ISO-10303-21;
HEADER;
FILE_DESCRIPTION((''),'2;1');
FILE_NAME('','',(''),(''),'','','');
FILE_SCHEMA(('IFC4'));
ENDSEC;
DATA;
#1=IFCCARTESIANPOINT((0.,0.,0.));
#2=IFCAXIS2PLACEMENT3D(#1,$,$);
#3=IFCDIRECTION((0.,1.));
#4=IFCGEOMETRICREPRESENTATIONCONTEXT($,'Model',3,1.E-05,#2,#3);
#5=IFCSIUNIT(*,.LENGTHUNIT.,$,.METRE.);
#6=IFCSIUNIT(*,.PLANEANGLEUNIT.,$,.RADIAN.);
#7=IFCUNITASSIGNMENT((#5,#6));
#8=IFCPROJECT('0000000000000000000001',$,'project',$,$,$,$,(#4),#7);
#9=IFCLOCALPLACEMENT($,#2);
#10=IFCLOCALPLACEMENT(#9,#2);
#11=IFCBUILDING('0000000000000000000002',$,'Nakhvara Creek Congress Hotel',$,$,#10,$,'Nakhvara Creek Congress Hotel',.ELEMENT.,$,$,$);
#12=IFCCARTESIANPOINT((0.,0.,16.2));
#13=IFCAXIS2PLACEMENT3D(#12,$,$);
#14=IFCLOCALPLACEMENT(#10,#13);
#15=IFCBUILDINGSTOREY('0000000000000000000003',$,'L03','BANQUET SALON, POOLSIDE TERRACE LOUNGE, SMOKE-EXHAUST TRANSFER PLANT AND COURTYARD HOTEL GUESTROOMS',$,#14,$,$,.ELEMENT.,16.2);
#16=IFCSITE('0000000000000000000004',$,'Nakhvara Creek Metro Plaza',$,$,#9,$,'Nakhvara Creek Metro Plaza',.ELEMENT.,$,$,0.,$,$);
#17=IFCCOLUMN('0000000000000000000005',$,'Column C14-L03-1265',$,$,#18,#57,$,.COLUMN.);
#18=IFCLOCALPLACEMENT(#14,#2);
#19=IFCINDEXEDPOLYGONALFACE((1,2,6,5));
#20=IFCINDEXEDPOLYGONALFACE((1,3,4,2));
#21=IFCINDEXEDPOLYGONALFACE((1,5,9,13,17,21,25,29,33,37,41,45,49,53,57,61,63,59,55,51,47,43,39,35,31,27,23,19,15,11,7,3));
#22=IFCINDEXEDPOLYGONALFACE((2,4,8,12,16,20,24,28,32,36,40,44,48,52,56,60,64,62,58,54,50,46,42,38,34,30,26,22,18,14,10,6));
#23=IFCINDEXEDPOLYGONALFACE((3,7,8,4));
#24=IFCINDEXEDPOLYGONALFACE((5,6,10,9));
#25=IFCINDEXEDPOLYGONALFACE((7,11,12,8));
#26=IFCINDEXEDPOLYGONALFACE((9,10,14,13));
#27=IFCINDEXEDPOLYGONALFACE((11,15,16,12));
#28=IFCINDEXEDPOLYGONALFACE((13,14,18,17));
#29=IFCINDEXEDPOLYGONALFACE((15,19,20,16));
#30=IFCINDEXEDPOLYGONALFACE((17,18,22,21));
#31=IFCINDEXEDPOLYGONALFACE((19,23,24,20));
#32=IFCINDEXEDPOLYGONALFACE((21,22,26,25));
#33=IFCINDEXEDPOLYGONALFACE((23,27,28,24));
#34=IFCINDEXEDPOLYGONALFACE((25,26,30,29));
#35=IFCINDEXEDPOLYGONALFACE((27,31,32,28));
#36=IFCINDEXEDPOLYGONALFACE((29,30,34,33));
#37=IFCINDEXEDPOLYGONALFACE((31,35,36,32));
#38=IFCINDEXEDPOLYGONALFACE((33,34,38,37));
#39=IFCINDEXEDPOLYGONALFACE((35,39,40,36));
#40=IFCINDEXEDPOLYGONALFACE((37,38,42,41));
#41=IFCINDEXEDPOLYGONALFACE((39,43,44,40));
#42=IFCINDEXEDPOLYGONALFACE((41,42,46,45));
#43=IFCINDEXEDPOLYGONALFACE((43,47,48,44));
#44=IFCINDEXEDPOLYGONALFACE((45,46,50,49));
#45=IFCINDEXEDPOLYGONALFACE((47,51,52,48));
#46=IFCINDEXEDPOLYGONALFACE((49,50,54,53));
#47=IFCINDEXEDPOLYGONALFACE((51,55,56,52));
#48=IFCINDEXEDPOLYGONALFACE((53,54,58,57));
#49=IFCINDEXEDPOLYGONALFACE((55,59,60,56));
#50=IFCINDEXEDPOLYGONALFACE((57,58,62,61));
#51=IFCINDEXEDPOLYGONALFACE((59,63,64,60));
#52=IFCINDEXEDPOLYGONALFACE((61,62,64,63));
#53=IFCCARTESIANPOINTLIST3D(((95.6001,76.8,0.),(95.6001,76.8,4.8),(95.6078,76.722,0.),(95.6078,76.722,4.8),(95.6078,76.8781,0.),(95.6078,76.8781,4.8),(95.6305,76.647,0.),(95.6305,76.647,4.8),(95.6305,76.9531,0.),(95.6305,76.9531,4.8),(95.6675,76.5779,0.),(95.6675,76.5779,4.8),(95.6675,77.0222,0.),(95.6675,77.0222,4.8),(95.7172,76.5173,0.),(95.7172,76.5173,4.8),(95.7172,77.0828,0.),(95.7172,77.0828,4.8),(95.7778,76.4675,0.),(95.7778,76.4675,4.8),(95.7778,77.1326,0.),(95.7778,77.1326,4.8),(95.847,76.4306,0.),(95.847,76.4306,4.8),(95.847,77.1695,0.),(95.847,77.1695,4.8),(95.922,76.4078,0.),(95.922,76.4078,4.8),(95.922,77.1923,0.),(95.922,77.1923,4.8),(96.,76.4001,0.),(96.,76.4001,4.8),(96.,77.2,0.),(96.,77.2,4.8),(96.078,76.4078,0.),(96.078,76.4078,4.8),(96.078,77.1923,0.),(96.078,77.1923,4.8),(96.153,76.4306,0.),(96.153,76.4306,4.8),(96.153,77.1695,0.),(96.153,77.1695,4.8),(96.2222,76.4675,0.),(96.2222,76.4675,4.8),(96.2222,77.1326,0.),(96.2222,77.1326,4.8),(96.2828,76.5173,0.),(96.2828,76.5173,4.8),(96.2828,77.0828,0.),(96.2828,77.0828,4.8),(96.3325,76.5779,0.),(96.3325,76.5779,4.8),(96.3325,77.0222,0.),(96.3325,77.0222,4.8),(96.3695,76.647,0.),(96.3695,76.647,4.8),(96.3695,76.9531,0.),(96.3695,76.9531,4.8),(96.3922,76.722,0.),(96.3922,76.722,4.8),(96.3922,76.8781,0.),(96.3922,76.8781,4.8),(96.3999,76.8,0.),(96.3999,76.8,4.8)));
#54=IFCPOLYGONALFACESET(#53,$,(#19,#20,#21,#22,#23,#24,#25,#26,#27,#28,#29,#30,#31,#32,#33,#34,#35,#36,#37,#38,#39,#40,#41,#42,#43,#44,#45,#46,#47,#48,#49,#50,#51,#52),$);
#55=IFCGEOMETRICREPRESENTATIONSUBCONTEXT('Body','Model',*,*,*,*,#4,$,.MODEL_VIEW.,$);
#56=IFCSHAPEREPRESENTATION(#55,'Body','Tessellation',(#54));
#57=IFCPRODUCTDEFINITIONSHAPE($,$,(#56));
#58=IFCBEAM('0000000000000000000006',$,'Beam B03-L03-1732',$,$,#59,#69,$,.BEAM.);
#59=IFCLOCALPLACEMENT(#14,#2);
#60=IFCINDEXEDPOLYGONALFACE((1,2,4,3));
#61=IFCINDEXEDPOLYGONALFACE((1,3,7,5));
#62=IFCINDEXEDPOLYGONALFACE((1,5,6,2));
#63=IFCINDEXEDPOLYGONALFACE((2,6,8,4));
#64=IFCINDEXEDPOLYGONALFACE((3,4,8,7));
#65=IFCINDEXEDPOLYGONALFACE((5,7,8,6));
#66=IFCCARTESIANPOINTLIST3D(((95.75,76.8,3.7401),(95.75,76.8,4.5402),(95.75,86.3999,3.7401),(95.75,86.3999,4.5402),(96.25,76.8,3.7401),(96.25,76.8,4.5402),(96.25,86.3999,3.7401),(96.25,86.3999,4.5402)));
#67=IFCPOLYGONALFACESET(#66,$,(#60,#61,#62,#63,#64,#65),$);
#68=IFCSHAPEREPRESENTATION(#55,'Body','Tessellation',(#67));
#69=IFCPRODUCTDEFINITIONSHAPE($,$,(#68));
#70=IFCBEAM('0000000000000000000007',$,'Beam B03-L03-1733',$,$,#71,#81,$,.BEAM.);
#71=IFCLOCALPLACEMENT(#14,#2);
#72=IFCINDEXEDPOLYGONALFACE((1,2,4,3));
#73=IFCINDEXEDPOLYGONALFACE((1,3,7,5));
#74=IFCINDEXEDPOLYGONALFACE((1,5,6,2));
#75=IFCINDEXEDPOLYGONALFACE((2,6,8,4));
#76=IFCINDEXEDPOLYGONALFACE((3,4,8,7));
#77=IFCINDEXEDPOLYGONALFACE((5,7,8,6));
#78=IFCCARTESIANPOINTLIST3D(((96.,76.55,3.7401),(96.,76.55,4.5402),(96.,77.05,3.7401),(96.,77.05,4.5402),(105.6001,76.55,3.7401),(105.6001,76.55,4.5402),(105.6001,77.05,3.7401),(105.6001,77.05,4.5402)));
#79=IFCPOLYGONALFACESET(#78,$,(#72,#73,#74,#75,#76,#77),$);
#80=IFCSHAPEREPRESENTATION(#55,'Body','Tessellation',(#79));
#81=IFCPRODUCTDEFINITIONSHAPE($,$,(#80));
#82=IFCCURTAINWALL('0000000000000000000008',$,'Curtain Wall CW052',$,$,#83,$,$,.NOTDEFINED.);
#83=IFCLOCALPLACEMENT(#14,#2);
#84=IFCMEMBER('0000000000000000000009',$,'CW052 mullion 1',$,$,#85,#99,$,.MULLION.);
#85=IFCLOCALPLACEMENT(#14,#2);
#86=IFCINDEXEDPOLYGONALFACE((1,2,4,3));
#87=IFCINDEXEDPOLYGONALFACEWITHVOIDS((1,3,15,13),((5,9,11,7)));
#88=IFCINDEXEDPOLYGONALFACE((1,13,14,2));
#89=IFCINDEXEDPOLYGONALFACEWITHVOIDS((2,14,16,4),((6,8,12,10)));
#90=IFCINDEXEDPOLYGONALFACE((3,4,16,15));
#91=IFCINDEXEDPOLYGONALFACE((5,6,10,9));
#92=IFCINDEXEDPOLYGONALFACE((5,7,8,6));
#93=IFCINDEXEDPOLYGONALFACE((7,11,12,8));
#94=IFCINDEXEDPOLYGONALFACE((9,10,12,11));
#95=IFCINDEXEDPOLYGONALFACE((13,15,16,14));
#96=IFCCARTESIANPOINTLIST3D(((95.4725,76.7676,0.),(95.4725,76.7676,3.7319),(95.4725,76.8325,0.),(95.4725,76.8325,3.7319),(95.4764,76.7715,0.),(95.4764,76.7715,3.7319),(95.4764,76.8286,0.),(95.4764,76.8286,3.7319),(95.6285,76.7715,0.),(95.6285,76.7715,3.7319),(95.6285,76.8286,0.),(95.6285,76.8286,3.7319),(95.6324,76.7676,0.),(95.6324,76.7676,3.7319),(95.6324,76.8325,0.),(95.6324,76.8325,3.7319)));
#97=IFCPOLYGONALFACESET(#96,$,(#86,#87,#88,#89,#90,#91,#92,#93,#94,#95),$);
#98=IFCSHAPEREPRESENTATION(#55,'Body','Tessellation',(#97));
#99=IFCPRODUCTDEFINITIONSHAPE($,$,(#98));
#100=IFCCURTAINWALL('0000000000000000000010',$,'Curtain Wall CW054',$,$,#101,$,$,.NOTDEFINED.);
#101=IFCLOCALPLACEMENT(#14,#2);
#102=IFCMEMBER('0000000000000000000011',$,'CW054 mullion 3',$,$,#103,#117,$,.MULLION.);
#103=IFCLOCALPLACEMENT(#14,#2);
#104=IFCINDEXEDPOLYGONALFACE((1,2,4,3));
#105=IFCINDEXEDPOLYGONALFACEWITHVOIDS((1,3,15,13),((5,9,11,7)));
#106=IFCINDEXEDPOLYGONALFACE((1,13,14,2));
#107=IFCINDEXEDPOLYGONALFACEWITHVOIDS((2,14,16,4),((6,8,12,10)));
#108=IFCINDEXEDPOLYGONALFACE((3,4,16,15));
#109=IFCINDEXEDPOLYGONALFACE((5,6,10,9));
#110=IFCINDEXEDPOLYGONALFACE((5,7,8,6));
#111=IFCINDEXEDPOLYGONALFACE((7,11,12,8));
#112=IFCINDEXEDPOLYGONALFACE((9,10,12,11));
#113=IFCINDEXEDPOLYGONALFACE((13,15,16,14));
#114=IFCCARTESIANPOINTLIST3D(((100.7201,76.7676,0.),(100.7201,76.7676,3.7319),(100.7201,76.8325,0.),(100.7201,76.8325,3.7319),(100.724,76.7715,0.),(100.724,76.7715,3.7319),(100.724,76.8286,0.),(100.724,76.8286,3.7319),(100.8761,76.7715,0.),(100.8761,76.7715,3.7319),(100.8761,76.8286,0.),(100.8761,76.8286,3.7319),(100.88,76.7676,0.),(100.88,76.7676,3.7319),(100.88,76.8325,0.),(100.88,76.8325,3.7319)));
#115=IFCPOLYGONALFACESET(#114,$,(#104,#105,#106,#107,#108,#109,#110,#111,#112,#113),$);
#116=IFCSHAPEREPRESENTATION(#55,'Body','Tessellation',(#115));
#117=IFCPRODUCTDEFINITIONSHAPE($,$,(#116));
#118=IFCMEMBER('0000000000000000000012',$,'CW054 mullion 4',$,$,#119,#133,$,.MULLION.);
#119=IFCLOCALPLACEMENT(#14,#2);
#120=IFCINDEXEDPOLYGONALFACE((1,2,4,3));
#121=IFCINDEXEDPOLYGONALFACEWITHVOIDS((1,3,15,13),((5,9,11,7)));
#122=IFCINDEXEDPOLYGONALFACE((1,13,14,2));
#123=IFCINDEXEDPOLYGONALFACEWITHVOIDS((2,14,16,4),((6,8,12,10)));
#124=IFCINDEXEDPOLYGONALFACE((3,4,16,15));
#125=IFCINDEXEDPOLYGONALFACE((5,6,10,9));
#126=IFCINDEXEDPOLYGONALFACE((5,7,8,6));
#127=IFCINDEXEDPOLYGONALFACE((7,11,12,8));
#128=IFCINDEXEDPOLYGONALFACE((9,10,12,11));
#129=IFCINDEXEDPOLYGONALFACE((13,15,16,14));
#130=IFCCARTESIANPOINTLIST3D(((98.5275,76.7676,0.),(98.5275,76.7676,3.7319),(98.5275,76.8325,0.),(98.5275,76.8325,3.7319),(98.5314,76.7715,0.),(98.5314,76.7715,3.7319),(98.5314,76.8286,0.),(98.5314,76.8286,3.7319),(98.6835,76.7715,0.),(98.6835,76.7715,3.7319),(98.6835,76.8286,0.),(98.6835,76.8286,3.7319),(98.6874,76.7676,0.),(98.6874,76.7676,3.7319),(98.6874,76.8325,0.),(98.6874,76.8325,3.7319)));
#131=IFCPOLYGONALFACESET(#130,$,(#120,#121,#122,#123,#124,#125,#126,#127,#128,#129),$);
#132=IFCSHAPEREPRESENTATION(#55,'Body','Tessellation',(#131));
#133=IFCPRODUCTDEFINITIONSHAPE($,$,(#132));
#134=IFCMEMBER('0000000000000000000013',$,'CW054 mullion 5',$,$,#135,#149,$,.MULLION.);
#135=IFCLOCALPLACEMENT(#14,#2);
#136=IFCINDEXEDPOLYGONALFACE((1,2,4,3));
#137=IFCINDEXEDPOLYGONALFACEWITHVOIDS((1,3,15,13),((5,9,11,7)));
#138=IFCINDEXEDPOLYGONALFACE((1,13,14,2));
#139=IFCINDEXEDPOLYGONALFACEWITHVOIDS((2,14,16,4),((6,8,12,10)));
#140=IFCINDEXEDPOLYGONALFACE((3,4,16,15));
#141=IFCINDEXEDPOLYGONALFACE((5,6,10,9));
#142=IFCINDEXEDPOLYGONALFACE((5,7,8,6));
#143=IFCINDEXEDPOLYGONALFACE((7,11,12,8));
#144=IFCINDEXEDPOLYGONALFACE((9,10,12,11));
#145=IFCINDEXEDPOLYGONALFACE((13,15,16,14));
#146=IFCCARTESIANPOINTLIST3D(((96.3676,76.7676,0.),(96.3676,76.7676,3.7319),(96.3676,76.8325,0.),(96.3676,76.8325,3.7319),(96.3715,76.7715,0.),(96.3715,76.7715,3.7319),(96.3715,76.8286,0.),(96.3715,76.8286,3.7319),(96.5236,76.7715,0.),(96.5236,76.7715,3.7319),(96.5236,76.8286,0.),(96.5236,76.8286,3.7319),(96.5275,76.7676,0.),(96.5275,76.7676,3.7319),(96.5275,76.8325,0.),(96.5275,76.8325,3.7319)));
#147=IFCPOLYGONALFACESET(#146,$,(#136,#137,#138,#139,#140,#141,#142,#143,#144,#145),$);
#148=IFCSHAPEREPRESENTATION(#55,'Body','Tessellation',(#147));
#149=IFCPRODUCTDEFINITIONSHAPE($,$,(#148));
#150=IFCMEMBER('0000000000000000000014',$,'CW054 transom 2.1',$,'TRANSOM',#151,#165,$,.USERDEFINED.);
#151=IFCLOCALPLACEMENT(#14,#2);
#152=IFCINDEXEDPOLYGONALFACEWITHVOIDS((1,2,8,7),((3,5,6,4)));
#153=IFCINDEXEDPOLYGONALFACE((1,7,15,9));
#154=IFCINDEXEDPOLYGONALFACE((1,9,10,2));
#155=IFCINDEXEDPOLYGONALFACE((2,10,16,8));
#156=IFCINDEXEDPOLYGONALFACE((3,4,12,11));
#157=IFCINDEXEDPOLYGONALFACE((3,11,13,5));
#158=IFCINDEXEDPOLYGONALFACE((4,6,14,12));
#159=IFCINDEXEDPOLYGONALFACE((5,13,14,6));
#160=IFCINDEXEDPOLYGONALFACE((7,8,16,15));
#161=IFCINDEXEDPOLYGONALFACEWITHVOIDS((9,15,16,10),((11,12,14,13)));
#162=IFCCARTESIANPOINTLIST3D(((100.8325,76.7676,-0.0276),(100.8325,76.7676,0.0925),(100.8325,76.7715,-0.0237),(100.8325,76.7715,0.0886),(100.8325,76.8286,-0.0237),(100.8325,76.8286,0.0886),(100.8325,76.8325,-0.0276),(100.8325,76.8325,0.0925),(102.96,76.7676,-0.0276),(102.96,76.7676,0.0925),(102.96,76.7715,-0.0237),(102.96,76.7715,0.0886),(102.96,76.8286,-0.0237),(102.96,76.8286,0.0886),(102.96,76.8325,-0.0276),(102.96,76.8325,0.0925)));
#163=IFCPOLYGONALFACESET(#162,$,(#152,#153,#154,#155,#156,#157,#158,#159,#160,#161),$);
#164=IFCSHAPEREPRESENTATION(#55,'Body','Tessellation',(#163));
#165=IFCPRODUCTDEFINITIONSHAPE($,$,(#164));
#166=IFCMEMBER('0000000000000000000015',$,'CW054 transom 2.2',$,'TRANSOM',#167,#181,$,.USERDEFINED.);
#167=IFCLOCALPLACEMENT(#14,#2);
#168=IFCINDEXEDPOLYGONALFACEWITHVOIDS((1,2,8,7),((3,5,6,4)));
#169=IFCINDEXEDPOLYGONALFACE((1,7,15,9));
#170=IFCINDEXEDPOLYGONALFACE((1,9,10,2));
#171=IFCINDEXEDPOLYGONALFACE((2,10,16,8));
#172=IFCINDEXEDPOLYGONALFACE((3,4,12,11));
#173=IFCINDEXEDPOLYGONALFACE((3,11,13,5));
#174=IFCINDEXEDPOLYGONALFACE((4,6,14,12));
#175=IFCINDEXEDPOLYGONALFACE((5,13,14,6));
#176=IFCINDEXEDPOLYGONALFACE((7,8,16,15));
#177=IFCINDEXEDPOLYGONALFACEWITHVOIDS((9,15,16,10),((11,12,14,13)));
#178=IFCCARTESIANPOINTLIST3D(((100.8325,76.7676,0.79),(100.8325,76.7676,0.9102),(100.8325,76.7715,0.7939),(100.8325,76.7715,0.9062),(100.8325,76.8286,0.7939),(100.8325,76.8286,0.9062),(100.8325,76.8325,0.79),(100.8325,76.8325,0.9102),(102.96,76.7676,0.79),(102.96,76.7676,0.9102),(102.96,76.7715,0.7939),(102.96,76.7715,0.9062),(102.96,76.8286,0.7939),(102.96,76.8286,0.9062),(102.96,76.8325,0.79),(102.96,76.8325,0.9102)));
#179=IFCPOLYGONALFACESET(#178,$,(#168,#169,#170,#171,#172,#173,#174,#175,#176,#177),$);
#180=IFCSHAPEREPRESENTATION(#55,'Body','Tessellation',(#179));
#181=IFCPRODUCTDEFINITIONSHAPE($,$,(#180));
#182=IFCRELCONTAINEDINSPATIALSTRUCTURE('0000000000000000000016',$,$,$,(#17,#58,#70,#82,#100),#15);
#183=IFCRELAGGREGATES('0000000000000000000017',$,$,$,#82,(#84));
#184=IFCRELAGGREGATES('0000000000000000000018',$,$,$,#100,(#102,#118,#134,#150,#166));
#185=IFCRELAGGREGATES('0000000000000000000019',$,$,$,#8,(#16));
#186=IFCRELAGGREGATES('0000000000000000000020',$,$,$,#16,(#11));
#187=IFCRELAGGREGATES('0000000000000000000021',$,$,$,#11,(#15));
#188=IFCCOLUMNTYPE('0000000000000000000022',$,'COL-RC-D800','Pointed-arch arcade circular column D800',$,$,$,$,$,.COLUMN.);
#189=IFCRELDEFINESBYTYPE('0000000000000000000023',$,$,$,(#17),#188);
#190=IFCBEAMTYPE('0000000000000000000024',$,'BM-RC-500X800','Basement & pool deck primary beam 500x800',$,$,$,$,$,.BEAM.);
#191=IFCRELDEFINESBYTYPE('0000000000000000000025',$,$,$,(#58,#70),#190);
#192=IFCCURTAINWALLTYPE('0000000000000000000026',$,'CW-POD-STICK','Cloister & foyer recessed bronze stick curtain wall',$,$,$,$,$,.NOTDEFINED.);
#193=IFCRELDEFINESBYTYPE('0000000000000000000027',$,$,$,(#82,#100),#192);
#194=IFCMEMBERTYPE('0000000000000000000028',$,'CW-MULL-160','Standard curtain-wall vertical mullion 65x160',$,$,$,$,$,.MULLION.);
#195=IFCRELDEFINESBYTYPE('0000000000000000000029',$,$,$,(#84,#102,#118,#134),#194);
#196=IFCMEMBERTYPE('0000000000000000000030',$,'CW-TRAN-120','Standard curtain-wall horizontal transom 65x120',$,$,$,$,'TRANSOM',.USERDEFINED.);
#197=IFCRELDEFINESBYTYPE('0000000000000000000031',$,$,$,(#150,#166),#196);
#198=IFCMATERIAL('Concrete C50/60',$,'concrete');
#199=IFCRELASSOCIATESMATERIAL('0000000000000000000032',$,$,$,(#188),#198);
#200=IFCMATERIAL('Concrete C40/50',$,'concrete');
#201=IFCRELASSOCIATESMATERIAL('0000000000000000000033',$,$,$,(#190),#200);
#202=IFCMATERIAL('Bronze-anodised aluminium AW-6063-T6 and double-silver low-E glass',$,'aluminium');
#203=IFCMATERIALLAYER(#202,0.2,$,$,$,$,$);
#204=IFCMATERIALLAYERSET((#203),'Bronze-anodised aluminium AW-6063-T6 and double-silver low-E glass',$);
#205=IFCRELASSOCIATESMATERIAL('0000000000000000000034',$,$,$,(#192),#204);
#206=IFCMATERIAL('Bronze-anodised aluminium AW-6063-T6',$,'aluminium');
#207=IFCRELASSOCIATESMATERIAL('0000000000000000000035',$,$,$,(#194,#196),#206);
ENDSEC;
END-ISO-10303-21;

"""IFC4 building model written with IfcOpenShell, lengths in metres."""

from ifc_helpers import new_model, si_unit, direction, frame, origin, origin_2d, place, context, subcontext, project, spatial, rectangle, hollow_rectangle, circle, extrude, material, layer, layer_set, material_profile, profile_set, type_object, element, aggregate, save


model = new_model("IFC4")

# Units and contexts
model_context = context("Model", 3, precision=1e-05, world=origin(), true_north=direction((0.0, 1.0)))
body_context = subcontext(model_context, "Body", "Model", "MODEL_VIEW")
ifc_project = project(units=[si_unit("LENGTHUNIT", "METRE"), si_unit("PLANEANGLEUNIT", "RADIAN")], contexts=[model_context])

# Site, building, storey
site_placement = place(None, origin())
site = spatial("IfcSite", under=ifc_project, at=site_placement, Name="Nakhvara Creek Metro Plaza", LongName="Nakhvara Creek Metro Plaza", CompositionType="ELEMENT", RefElevation=0.0)
building_placement = place(site_placement, origin())
building = spatial("IfcBuilding", under=site, at=building_placement, Name="Nakhvara Creek Congress Hotel", LongName="Nakhvara Creek Congress Hotel", CompositionType="ELEMENT")
storey_placement = place(building_placement, frame((0.0, 0.0, 16.2)))
storey = spatial("IfcBuildingStorey", under=building, at=storey_placement, Name="L03", Description="BANQUET SALON, POOLSIDE TERRACE LOUNGE, SMOKE-EXHAUST TRANSFER PLANT AND COURTYARD HOTEL GUESTROOMS", CompositionType="ELEMENT", Elevation=16.2)

# Column
ifc_material_1 = material(Name="Concrete C50/60", Category="concrete")
ifc_material_profile_1 = material_profile(ifc_material_1, circle(Radius=0.3999, at=origin_2d()), Name="RC-COL D800", Category="LoadBearing")
ifc_profile_set_1 = profile_set([ifc_material_profile_1], Name="Concrete C50/60")
column_type = type_object("IfcColumnType", Name="COL-RC-D800", Description="Pointed-arch arcade circular column D800", PredefinedType="COLUMN", material=ifc_profile_set_1)
column_placement = place(storey_placement, frame((96.0, 76.8, 0.0), z_axis=(0.0, 0.0, 1.0), x_axis=(1.0, 0.0, 0.0)))
element("IfcColumn", 1, at=column_placement, inside=storey, type_object=column_type, Name="Column C14-L03-1265", PredefinedType="COLUMN", context=body_context, shape_type="SweptSolid", body=[
    extrude(circle(Radius=0.3999, at=origin_2d()), origin(), (0.0, 0.0, 1.0), 4.8),
])

# Beams
ifc_material_2 = material(Name="Concrete C40/50", Category="concrete")
ifc_material_profile_2 = material_profile(ifc_material_2, rectangle(XDim=0.5, YDim=0.8, at=origin_2d()), Name="RC-BM 500x800", Category="LoadBearing")
ifc_profile_set_2 = profile_set([ifc_material_profile_2], Name="Concrete C40/50")
beam_type = type_object("IfcBeamType", Name="BM-RC-500X800", Description="Basement & pool deck primary beam 500x800", PredefinedType="BEAM", material=ifc_profile_set_2)
beam_1_placement = place(storey_placement, frame((96.0, 76.8, 4.1401), z_axis=(0.0, 1.0, 0.0), x_axis=(-1.0, 0.0, 0.0)))
element("IfcBeam", 2, at=beam_1_placement, inside=storey, type_object=beam_type, Name="Beam B03-L03-1732", PredefinedType="BEAM", context=body_context, shape_type="SweptSolid", body=[
    extrude(rectangle(XDim=0.5, YDim=0.8, at=origin_2d()), origin(), (0.0, 0.0, 1.0), 9.5999),
])
beam_2_placement = place(storey_placement, frame((96.0, 76.8, 4.1401), z_axis=(1.0, 0.0, 0.0), x_axis=(0.0, 1.0, 0.0)))
element("IfcBeam", 3, at=beam_2_placement, inside=storey, type_object=beam_type, Name="Beam B03-L03-1733", PredefinedType="BEAM", context=body_context, shape_type="SweptSolid", body=[
    extrude(rectangle(XDim=0.5, YDim=0.8, at=origin_2d()), origin(), (0.0, 0.0, 1.0), 9.6001),
])

# Curtain wall, member
ifc_material_3 = material(Name="Bronze-anodised aluminium AW-6063-T6 and double-silver low-E glass", Category="aluminium")
ifc_layer = layer(ifc_material_3, 0.2)
ifc_layer_set = layer_set([ifc_layer], Name="Bronze-anodised aluminium AW-6063-T6 and double-silver low-E glass")
curtain_wall_type = type_object("IfcCurtainWallType", Name="CW-POD-STICK", Description="Cloister & foyer recessed bronze stick curtain wall", PredefinedType="NOTDEFINED", material=ifc_layer_set)
curtain_wall_1_placement = place(storey_placement, origin())
curtain_wall_1 = element("IfcCurtainWall", 4, at=curtain_wall_1_placement, inside=storey, type_object=curtain_wall_type, Name="Curtain Wall CW052", PredefinedType="NOTDEFINED")
ifc_material_4 = material(Name="Bronze-anodised aluminium AW-6063-T6", Category="aluminium")
ifc_material_profile_3 = material_profile(ifc_material_4, hollow_rectangle(XDim=0.0649, YDim=0.1599, WallThickness=0.0039, at=origin_2d()), Name="ALU-MULL 65x160x4", Category="LoadBearing")
ifc_profile_set_3 = profile_set([ifc_material_profile_3], Name="Bronze-anodised aluminium AW-6063-T6")
member_type_1 = type_object("IfcMemberType", Name="CW-MULL-160", Description="Standard curtain-wall vertical mullion 65x160", PredefinedType="MULLION", material=ifc_profile_set_3)
member_1_placement = place(storey_placement, frame((95.5525, 76.8, 0.0), z_axis=(0.0, 0.0, 1.0), x_axis=(0.0, -1.0, 0.0)))
member_1 = element("IfcMember", 5, at=member_1_placement, type_object=member_type_1, Name="CW052 mullion 1", PredefinedType="MULLION", context=body_context, shape_type="SweptSolid", body=[
    extrude(hollow_rectangle(XDim=0.0649, YDim=0.1599, WallThickness=0.0039, at=origin_2d()), origin(), (0.0, 0.0, 1.0), 3.7319),
])
aggregate(curtain_wall_1, [member_1])

# Curtain wall, members
curtain_wall_2_placement = place(storey_placement, origin())
curtain_wall_2 = element("IfcCurtainWall", 6, at=curtain_wall_2_placement, inside=storey, type_object=curtain_wall_type, Name="Curtain Wall CW054", PredefinedType="NOTDEFINED")
member_2_placement = place(storey_placement, frame((100.8, 76.8, 0.0), z_axis=(0.0, 0.0, 1.0), x_axis=(0.0, -1.0, 0.0)))
member_2 = element("IfcMember", 7, at=member_2_placement, type_object=member_type_1, Name="CW054 mullion 3", PredefinedType="MULLION", context=body_context, shape_type="SweptSolid", body=[
    extrude(hollow_rectangle(XDim=0.0649, YDim=0.1599, WallThickness=0.0039, at=origin_2d()), origin(), (0.0, 0.0, 1.0), 3.7319),
])
member_3_placement = place(storey_placement, frame((98.6074, 76.8, 0.0), z_axis=(0.0, 0.0, 1.0), x_axis=(0.0, -1.0, 0.0)))
member_3 = element("IfcMember", 8, at=member_3_placement, type_object=member_type_1, Name="CW054 mullion 4", PredefinedType="MULLION", context=body_context, shape_type="SweptSolid", body=[
    extrude(hollow_rectangle(XDim=0.0649, YDim=0.1599, WallThickness=0.0039, at=origin_2d()), origin(), (0.0, 0.0, 1.0), 3.7319),
])
member_4_placement = place(storey_placement, frame((96.4475, 76.8, 0.0), z_axis=(0.0, 0.0, 1.0), x_axis=(0.0, -1.0, 0.0)))
member_4 = element("IfcMember", 9, at=member_4_placement, type_object=member_type_1, Name="CW054 mullion 5", PredefinedType="MULLION", context=body_context, shape_type="SweptSolid", body=[
    extrude(hollow_rectangle(XDim=0.0649, YDim=0.1599, WallThickness=0.0039, at=origin_2d()), origin(), (0.0, 0.0, 1.0), 3.7319),
])
ifc_material_profile_4 = material_profile(ifc_material_4, hollow_rectangle(XDim=0.0649, YDim=0.1201, WallThickness=0.0039, at=origin_2d()), Name="ALU-TRAN 65x120x4", Category="LoadBearing")
ifc_profile_set_4 = profile_set([ifc_material_profile_4], Name="Bronze-anodised aluminium AW-6063-T6")
member_type_2 = type_object("IfcMemberType", Name="CW-TRAN-120", Description="Standard curtain-wall horizontal transom 65x120", ElementType="TRANSOM", PredefinedType="USERDEFINED", material=ifc_profile_set_4)
member_5_placement = place(storey_placement, frame((102.96, 76.8, 0.0325), z_axis=(-1.0, 0.0, 0.0), x_axis=(0.0, -1.0, 0.0)))
member_5 = element("IfcMember", 10, at=member_5_placement, type_object=member_type_2, Name="CW054 transom 2.1", ObjectType="TRANSOM", PredefinedType="USERDEFINED", context=body_context, shape_type="SweptSolid", body=[
    extrude(hollow_rectangle(XDim=0.0649, YDim=0.1201, WallThickness=0.0039, at=origin_2d()), origin(), (0.0, 0.0, 1.0), 2.1274),
])
member_6_placement = place(storey_placement, frame((102.96, 76.8, 0.8501), z_axis=(-1.0, 0.0, 0.0), x_axis=(0.0, -1.0, 0.0)))
member_6 = element("IfcMember", 11, at=member_6_placement, type_object=member_type_2, Name="CW054 transom 2.2", ObjectType="TRANSOM", PredefinedType="USERDEFINED", context=body_context, shape_type="SweptSolid", body=[
    extrude(hollow_rectangle(XDim=0.0649, YDim=0.1201, WallThickness=0.0039, at=origin_2d()), origin(), (0.0, 0.0, 1.0), 2.1274),
])
aggregate(curtain_wall_2, [member_2, member_3, member_4, member_5, member_6])

save(model, "model.ifc")
